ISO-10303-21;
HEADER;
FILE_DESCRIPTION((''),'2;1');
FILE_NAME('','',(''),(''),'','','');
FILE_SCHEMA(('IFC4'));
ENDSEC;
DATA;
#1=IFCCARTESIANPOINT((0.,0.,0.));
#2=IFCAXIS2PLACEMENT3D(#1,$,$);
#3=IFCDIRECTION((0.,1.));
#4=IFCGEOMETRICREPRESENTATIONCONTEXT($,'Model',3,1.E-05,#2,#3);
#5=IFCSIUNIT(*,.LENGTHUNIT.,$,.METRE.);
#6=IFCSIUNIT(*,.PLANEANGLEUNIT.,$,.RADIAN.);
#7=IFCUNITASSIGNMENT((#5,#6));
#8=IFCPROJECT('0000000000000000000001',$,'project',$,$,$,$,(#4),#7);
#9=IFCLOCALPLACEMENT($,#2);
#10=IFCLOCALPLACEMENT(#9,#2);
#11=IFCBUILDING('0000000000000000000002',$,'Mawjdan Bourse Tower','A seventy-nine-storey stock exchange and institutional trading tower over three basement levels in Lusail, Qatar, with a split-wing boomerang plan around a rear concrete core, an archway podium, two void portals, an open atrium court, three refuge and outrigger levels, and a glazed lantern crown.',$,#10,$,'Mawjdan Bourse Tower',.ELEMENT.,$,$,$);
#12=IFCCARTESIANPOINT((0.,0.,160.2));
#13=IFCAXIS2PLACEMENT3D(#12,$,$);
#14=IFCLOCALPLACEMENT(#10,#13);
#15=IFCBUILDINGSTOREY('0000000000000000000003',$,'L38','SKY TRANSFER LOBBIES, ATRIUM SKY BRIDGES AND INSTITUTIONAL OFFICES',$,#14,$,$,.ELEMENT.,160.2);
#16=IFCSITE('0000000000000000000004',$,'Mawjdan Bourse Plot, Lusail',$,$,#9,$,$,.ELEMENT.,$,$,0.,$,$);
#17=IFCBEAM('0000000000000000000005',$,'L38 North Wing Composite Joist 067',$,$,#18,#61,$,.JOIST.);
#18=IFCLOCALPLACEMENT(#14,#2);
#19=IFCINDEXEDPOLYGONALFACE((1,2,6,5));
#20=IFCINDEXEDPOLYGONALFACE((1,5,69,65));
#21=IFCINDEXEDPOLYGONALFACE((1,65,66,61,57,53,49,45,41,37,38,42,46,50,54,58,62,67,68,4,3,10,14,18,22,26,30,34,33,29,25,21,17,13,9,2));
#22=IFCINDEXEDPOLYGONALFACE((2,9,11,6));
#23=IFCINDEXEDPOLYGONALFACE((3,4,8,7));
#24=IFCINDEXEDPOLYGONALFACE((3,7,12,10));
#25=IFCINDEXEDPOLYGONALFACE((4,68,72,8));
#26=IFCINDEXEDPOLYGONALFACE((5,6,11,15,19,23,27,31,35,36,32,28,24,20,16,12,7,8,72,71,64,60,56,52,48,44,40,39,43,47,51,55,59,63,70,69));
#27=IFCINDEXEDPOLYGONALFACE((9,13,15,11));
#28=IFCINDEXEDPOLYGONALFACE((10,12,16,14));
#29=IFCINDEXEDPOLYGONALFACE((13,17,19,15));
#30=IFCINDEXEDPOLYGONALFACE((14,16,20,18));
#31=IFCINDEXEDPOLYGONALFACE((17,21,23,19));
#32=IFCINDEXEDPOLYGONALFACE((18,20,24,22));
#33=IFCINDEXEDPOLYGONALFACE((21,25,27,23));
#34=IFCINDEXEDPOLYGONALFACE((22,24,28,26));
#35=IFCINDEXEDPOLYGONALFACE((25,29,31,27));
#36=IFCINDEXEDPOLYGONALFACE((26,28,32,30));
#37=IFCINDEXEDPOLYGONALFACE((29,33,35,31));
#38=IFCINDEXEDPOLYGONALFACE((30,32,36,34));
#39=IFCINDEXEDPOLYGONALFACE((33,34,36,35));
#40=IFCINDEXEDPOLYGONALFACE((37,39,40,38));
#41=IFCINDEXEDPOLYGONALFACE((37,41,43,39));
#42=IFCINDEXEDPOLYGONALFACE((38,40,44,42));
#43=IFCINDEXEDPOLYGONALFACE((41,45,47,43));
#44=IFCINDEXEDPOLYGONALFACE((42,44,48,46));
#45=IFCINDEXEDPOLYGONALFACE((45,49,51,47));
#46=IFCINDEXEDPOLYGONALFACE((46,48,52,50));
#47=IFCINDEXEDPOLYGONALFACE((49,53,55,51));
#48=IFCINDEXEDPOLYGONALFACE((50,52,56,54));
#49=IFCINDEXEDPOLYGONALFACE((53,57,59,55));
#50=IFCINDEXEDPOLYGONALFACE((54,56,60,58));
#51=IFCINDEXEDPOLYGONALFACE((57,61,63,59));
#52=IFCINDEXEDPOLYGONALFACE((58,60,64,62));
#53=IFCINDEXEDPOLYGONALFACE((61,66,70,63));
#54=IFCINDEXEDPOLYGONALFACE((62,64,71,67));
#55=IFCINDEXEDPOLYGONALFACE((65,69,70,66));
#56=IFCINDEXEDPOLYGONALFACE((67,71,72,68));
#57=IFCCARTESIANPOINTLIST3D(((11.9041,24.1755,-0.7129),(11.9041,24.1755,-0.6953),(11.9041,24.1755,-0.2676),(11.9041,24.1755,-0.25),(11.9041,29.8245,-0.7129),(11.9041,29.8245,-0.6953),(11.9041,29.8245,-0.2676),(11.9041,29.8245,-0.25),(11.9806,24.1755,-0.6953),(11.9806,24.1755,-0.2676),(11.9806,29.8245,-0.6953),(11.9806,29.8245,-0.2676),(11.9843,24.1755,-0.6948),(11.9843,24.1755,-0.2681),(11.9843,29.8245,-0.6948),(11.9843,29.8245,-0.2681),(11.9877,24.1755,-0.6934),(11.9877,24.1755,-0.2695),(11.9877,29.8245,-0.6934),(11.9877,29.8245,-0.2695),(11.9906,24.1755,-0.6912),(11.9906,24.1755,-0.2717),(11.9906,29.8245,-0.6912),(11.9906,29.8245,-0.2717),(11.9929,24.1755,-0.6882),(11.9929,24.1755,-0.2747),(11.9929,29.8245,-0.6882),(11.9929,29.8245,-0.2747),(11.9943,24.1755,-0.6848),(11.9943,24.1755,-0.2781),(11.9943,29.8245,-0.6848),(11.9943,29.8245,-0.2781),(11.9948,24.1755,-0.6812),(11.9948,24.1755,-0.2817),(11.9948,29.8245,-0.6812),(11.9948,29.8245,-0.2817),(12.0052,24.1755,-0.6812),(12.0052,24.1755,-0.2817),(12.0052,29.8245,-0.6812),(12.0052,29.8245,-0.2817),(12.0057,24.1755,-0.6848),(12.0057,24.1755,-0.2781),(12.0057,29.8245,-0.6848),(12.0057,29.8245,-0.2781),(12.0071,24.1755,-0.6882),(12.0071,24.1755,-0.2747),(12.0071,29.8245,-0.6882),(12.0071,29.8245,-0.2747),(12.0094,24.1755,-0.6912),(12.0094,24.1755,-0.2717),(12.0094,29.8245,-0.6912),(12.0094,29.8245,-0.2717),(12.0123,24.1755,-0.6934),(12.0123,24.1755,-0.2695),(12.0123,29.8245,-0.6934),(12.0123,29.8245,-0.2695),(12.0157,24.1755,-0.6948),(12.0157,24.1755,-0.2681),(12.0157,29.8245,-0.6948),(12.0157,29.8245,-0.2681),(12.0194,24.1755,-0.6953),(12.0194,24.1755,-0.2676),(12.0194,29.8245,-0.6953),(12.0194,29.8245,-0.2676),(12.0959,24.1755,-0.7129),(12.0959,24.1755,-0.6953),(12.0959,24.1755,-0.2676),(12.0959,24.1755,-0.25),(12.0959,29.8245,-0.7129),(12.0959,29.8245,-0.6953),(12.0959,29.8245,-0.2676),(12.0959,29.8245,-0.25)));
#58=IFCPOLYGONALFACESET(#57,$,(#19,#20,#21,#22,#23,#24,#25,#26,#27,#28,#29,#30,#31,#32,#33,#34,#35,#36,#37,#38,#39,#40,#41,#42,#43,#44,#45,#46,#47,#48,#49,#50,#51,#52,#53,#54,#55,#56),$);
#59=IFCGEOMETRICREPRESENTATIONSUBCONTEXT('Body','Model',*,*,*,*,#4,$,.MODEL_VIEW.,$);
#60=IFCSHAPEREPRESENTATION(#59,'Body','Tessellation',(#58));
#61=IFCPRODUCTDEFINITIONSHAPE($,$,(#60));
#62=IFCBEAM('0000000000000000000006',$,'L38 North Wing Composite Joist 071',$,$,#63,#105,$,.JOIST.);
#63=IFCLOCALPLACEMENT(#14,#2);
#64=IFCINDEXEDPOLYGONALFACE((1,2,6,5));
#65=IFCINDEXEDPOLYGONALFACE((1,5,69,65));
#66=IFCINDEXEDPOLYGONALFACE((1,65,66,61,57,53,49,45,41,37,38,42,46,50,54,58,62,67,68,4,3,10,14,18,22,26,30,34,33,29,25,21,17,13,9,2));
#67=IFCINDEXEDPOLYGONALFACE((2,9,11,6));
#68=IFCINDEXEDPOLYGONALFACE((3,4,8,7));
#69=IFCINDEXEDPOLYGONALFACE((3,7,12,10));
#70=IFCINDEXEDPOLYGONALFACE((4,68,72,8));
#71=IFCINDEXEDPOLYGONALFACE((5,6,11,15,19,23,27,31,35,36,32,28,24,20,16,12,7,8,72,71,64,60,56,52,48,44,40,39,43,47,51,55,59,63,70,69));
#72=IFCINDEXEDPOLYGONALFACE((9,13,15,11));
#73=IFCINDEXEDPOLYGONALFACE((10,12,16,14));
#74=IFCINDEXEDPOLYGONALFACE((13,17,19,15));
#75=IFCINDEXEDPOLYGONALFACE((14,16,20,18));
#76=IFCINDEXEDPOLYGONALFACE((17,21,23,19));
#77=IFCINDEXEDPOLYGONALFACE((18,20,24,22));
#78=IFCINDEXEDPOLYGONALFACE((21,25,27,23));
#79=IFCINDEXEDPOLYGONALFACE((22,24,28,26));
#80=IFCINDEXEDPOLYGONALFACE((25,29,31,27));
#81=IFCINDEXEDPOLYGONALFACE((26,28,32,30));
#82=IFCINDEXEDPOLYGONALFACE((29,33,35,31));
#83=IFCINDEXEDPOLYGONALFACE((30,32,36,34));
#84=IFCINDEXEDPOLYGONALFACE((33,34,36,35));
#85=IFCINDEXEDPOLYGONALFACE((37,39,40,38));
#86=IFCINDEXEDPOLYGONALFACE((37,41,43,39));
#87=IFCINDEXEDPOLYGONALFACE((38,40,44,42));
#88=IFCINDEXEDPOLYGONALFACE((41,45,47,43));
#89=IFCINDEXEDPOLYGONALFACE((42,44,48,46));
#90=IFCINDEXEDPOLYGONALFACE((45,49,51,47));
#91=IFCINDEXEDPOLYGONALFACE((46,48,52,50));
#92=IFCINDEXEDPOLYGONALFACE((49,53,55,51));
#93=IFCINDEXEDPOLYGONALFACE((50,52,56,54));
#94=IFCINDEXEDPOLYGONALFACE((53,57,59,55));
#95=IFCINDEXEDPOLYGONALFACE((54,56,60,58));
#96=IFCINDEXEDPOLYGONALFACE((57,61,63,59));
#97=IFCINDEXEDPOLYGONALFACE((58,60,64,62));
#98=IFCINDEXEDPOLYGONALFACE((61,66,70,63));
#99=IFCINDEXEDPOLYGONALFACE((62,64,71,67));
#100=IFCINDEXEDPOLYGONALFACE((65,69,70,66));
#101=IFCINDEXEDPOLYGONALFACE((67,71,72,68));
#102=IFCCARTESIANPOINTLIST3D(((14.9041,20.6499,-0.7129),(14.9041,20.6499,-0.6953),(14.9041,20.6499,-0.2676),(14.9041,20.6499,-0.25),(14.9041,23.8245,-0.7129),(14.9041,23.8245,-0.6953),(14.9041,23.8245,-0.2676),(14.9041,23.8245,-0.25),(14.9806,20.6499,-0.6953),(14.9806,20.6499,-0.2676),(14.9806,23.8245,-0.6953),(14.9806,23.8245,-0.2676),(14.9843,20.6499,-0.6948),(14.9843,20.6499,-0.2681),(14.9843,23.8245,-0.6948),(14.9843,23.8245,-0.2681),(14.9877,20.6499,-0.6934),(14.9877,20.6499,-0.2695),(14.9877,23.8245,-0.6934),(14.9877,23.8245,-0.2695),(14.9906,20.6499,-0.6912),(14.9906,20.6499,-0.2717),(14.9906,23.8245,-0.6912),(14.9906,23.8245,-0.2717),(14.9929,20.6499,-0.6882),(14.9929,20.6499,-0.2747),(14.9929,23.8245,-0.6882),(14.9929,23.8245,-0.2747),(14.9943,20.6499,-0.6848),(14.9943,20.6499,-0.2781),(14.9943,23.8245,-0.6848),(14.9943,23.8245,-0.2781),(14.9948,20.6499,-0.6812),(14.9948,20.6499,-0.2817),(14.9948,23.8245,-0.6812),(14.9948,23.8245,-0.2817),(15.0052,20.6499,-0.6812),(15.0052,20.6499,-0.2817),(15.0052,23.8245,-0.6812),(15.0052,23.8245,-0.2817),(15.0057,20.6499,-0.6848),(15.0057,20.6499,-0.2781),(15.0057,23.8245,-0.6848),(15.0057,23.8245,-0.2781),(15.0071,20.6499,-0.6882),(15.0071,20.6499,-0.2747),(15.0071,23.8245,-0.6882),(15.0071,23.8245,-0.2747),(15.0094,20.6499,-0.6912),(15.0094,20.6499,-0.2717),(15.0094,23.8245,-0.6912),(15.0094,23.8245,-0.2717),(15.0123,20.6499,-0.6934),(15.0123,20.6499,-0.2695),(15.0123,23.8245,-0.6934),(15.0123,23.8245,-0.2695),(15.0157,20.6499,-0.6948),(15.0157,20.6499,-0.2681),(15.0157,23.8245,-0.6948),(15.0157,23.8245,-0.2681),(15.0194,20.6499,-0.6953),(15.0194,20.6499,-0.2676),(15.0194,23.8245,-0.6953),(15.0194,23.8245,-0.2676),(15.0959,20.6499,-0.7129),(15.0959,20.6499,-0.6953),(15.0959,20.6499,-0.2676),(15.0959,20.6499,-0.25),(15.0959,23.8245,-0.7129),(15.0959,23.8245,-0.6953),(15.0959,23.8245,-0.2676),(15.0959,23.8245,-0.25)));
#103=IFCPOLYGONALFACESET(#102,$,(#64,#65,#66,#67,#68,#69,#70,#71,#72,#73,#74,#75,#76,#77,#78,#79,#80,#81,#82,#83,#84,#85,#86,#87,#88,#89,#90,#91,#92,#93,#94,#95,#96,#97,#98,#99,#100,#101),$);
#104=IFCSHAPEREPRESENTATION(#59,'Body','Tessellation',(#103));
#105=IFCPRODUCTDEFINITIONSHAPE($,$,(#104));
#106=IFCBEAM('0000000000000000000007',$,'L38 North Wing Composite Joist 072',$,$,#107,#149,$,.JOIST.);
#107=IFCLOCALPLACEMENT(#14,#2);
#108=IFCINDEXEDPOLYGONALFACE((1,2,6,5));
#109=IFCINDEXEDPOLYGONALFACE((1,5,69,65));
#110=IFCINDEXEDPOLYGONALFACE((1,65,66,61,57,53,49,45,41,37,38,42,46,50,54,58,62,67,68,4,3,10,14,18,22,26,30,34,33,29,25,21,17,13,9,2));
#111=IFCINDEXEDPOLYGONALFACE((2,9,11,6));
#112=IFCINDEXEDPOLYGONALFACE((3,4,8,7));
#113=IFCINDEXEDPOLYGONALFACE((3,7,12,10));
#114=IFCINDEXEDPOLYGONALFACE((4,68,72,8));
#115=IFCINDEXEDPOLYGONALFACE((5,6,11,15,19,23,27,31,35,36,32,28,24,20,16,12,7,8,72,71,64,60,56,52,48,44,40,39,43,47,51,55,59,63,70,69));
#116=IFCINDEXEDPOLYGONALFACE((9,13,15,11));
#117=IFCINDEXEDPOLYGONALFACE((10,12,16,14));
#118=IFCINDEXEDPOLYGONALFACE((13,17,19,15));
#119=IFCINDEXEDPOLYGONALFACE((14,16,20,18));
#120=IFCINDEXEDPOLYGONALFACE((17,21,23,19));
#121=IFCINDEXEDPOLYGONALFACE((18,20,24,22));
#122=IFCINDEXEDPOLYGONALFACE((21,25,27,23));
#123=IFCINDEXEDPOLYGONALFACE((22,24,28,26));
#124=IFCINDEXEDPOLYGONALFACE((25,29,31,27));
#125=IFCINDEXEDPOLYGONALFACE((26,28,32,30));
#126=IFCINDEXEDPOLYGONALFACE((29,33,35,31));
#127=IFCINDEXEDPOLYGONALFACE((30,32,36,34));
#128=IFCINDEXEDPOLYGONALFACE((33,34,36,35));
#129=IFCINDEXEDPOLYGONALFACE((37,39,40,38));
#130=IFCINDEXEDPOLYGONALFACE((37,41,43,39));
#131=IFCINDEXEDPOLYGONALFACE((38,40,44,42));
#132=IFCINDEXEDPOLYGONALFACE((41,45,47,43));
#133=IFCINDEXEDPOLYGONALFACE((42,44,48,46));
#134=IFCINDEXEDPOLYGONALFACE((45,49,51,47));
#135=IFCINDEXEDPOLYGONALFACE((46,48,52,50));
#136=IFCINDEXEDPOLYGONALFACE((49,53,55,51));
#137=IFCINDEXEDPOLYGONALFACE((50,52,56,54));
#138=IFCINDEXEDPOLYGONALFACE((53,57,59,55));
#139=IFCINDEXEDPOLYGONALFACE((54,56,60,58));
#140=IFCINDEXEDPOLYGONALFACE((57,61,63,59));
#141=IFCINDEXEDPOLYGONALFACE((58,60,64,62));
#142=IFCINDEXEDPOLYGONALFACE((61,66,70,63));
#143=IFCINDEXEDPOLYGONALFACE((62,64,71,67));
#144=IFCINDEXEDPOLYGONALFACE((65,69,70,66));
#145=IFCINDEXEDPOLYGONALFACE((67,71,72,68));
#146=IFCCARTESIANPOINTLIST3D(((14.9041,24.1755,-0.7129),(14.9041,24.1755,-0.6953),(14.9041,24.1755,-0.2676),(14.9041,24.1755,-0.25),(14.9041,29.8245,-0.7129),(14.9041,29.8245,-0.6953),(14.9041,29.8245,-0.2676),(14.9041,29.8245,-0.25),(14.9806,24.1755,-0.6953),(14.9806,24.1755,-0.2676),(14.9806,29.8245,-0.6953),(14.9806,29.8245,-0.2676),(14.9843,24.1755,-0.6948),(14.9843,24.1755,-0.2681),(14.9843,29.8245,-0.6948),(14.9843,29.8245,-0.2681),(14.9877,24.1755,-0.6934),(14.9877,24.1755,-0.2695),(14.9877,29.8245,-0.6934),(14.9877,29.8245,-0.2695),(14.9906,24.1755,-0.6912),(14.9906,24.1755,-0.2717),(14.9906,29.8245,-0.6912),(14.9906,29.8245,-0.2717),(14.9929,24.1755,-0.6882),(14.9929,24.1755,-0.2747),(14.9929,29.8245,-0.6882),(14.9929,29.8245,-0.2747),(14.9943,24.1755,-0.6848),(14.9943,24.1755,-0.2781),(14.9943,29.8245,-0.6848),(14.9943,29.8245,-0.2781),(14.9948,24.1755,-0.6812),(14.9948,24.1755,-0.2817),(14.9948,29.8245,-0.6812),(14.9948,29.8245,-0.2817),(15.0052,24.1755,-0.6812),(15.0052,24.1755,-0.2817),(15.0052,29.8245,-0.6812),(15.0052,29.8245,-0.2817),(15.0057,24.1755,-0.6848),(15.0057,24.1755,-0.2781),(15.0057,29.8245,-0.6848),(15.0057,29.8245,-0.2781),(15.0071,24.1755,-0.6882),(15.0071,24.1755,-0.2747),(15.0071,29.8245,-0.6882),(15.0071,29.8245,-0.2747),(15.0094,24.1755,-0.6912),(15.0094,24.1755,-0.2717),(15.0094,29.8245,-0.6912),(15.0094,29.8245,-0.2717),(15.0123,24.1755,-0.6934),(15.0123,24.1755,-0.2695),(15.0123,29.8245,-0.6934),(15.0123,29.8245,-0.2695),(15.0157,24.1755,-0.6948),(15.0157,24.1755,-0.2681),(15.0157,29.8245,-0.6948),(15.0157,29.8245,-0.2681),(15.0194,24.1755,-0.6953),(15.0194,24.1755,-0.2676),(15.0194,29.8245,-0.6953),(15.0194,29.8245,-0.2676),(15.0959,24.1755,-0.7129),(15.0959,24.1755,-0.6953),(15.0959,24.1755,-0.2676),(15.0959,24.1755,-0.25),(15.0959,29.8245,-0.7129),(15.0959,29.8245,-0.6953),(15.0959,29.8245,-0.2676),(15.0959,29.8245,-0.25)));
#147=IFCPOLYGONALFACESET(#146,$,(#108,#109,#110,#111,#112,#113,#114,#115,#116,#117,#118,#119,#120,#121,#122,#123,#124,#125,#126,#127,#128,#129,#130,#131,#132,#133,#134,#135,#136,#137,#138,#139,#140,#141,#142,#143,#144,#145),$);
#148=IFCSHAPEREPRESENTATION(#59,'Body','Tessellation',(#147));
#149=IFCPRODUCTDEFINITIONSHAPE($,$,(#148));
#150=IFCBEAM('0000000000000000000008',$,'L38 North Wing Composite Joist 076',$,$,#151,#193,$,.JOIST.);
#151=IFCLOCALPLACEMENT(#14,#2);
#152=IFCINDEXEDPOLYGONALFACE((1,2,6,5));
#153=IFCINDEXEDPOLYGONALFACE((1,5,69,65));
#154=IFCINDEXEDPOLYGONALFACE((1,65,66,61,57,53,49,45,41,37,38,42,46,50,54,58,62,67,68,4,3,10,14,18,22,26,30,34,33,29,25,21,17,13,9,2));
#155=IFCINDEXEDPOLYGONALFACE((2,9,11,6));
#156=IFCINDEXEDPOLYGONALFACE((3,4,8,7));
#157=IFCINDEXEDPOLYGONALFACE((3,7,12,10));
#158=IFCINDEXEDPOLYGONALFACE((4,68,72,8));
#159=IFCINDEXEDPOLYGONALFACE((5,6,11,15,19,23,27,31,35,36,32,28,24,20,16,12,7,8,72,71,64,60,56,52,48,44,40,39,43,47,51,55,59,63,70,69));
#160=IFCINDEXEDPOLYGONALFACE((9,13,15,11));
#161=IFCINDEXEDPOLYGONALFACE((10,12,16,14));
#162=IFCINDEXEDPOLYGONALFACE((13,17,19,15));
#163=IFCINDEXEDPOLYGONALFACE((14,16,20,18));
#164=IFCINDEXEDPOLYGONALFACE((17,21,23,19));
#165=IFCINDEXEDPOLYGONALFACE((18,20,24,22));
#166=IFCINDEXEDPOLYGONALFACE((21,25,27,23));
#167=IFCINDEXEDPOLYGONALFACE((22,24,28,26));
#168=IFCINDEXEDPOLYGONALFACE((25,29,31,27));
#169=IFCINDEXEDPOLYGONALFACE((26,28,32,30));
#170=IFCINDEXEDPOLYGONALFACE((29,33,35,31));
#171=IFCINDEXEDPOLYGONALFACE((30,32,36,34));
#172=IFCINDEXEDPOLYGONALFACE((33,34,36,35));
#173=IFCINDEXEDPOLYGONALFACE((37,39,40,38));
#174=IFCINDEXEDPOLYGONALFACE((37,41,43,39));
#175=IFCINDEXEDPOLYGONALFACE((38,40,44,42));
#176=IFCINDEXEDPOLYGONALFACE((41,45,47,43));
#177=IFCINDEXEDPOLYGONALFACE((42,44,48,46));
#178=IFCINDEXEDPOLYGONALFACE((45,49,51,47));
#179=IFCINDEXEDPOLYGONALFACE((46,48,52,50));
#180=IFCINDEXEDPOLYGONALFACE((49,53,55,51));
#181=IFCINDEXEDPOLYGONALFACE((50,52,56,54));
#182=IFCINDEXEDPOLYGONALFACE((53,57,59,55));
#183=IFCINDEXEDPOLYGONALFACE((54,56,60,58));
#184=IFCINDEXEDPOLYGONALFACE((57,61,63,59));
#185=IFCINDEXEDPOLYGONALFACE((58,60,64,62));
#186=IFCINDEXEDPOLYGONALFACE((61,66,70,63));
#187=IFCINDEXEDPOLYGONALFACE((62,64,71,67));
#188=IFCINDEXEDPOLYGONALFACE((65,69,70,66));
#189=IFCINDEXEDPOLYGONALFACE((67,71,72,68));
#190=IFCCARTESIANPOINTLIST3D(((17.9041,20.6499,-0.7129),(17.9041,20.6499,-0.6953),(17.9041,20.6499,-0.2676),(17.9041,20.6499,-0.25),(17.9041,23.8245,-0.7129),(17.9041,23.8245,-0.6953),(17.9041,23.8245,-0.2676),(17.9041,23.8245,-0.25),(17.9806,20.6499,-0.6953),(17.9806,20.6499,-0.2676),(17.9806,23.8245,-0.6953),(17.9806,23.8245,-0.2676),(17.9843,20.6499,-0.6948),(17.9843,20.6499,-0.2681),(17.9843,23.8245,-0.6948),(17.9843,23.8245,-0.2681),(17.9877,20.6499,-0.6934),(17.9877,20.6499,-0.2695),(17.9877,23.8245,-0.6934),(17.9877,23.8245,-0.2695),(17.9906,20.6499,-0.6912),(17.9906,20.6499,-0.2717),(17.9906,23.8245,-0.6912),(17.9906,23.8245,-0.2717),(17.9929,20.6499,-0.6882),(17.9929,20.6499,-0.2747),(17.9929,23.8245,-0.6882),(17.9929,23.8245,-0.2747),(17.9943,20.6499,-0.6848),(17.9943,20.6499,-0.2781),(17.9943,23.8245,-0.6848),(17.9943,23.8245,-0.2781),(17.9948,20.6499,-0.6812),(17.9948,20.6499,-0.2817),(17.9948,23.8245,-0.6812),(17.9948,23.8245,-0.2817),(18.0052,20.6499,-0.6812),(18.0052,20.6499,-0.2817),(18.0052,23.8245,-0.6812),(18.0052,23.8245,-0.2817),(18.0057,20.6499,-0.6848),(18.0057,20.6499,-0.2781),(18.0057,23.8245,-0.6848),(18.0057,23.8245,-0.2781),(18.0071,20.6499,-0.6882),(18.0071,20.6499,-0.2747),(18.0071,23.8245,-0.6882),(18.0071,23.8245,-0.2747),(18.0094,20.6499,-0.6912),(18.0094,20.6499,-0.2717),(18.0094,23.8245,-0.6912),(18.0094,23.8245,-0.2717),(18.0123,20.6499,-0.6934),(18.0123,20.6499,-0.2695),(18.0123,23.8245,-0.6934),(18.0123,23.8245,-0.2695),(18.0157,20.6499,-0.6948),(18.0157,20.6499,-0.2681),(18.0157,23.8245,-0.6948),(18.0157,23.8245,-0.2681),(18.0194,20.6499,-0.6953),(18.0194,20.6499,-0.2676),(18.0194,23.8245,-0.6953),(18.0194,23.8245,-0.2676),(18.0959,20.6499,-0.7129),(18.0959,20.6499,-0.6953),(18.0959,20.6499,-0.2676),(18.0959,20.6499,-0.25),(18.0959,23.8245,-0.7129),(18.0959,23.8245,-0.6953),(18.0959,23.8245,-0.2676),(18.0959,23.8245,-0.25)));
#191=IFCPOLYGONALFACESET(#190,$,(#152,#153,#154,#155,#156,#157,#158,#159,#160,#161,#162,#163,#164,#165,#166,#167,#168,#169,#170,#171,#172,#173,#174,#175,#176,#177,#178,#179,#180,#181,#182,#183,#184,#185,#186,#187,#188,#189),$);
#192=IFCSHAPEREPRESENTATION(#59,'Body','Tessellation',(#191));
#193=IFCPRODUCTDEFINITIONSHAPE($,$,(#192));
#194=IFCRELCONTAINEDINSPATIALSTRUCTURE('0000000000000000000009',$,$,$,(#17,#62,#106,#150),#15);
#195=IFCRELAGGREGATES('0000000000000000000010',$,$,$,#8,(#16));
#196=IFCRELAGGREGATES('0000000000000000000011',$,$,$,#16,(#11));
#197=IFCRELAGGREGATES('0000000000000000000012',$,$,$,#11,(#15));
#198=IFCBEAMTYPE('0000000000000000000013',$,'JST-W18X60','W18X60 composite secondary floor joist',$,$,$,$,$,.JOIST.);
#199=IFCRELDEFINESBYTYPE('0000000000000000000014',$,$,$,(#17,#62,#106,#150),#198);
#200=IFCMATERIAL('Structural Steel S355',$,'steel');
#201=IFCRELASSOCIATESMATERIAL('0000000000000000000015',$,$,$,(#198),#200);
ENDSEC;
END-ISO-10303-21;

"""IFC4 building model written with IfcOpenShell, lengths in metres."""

from ifc_helpers import new_model, si_unit, direction, frame, origin, origin_2d, place, context, subcontext, project, spatial, i_section, extrude, material, material_profile, profile_set, type_object, element, save


model = new_model("IFC4")

# Units and contexts
model_context = context("Model", 3, precision=1e-05, world=origin(), true_north=direction((0.0, 1.0)))
body_context = subcontext(model_context, "Body", "Model", "MODEL_VIEW")
ifc_project = project(units=[si_unit("LENGTHUNIT", "METRE"), si_unit("PLANEANGLEUNIT", "RADIAN")], contexts=[model_context])

# Site, building, storey
site_placement = place(None, origin())
site = spatial("IfcSite", under=ifc_project, at=site_placement, Name="Mawjdan Bourse Plot, Lusail", CompositionType="ELEMENT", RefElevation=0.0)
building_placement = place(site_placement, origin())
building = spatial("IfcBuilding", under=site, at=building_placement, Name="Mawjdan Bourse Tower", Description="A seventy-nine-storey stock exchange and institutional trading tower over three basement levels in Lusail, Qatar, with a split-wing boomerang plan around a rear concrete core, an archway podium, two void portals, an open atrium court, three refuge and outrigger levels, and a glazed lantern crown.", LongName="Mawjdan Bourse Tower", CompositionType="ELEMENT")
storey_placement = place(building_placement, frame((0.0, 0.0, 160.2)))
storey = spatial("IfcBuildingStorey", under=building, at=storey_placement, Name="L38", Description="SKY TRANSFER LOBBIES, ATRIUM SKY BRIDGES AND INSTITUTIONAL OFFICES", CompositionType="ELEMENT", Elevation=160.2)

# Beams
ifc_material_1 = material(Name="Structural Steel S355", Category="steel")
ifc_material_profile_1 = material_profile(ifc_material_1, i_section(OverallWidth=0.1919, OverallDepth=0.4629, WebThickness=0.0105, FlangeThickness=0.0176, FilletRadius=0.0142, at=origin_2d()), Name="W18X60")
ifc_profile_set_1 = profile_set([ifc_material_profile_1], Name="Structural Steel S355")
beam_type_1 = type_object("IfcBeamType", Name="JST-W18X60", Description="W18X60 composite secondary floor joist", PredefinedType="JOIST", material=ifc_profile_set_1)
beam_1_placement = place(storey_placement, frame((12.0, 24.1755, -0.4814), z_axis=(0.0, 1.0, 0.0), x_axis=(-1.0, 0.0, 0.0)))
element("IfcBeam", 1, at=beam_1_placement, inside=storey, type_object=beam_type_1, Name="L38 North Wing Composite Joist 067", PredefinedType="JOIST", context=body_context, shape_type="SweptSolid", body=[
    extrude(i_section(OverallWidth=0.1919, OverallDepth=0.4629, WebThickness=0.0105, FlangeThickness=0.0176, FilletRadius=0.0142, at=origin_2d()), origin(), (0.0, 0.0, 1.0), 5.6489),
])
beam_2_placement = place(storey_placement, frame((15.0, 20.6499, -0.4814), z_axis=(0.0, 1.0, 0.0), x_axis=(-1.0, 0.0, 0.0)))
element("IfcBeam", 2, at=beam_2_placement, inside=storey, type_object=beam_type_1, Name="L38 North Wing Composite Joist 071", PredefinedType="JOIST", context=body_context, shape_type="SweptSolid", body=[
    extrude(i_section(OverallWidth=0.1919, OverallDepth=0.4629, WebThickness=0.0105, FlangeThickness=0.0176, FilletRadius=0.0142, at=origin_2d()), origin(), (0.0, 0.0, 1.0), 3.1746),
])
beam_3_placement = place(storey_placement, frame((15.0, 24.1755, -0.4814), z_axis=(0.0, 1.0, 0.0), x_axis=(-1.0, 0.0, 0.0)))
element("IfcBeam", 3, at=beam_3_placement, inside=storey, type_object=beam_type_1, Name="L38 North Wing Composite Joist 072", PredefinedType="JOIST", context=body_context, shape_type="SweptSolid", body=[
    extrude(i_section(OverallWidth=0.1919, OverallDepth=0.4629, WebThickness=0.0105, FlangeThickness=0.0176, FilletRadius=0.0142, at=origin_2d()), origin(), (0.0, 0.0, 1.0), 5.6489),
])
beam_4_placement = place(storey_placement, frame((18.0, 20.6499, -0.4814), z_axis=(0.0, 1.0, 0.0), x_axis=(-1.0, 0.0, 0.0)))
element("IfcBeam", 4, at=beam_4_placement, inside=storey, type_object=beam_type_1, Name="L38 North Wing Composite Joist 076", PredefinedType="JOIST", context=body_context, shape_type="SweptSolid", body=[
    extrude(i_section(OverallWidth=0.1919, OverallDepth=0.4629, WebThickness=0.0105, FlangeThickness=0.0176, FilletRadius=0.0142, at=origin_2d()), origin(), (0.0, 0.0, 1.0), 3.1746),
])

save(model, "model.ifc")
